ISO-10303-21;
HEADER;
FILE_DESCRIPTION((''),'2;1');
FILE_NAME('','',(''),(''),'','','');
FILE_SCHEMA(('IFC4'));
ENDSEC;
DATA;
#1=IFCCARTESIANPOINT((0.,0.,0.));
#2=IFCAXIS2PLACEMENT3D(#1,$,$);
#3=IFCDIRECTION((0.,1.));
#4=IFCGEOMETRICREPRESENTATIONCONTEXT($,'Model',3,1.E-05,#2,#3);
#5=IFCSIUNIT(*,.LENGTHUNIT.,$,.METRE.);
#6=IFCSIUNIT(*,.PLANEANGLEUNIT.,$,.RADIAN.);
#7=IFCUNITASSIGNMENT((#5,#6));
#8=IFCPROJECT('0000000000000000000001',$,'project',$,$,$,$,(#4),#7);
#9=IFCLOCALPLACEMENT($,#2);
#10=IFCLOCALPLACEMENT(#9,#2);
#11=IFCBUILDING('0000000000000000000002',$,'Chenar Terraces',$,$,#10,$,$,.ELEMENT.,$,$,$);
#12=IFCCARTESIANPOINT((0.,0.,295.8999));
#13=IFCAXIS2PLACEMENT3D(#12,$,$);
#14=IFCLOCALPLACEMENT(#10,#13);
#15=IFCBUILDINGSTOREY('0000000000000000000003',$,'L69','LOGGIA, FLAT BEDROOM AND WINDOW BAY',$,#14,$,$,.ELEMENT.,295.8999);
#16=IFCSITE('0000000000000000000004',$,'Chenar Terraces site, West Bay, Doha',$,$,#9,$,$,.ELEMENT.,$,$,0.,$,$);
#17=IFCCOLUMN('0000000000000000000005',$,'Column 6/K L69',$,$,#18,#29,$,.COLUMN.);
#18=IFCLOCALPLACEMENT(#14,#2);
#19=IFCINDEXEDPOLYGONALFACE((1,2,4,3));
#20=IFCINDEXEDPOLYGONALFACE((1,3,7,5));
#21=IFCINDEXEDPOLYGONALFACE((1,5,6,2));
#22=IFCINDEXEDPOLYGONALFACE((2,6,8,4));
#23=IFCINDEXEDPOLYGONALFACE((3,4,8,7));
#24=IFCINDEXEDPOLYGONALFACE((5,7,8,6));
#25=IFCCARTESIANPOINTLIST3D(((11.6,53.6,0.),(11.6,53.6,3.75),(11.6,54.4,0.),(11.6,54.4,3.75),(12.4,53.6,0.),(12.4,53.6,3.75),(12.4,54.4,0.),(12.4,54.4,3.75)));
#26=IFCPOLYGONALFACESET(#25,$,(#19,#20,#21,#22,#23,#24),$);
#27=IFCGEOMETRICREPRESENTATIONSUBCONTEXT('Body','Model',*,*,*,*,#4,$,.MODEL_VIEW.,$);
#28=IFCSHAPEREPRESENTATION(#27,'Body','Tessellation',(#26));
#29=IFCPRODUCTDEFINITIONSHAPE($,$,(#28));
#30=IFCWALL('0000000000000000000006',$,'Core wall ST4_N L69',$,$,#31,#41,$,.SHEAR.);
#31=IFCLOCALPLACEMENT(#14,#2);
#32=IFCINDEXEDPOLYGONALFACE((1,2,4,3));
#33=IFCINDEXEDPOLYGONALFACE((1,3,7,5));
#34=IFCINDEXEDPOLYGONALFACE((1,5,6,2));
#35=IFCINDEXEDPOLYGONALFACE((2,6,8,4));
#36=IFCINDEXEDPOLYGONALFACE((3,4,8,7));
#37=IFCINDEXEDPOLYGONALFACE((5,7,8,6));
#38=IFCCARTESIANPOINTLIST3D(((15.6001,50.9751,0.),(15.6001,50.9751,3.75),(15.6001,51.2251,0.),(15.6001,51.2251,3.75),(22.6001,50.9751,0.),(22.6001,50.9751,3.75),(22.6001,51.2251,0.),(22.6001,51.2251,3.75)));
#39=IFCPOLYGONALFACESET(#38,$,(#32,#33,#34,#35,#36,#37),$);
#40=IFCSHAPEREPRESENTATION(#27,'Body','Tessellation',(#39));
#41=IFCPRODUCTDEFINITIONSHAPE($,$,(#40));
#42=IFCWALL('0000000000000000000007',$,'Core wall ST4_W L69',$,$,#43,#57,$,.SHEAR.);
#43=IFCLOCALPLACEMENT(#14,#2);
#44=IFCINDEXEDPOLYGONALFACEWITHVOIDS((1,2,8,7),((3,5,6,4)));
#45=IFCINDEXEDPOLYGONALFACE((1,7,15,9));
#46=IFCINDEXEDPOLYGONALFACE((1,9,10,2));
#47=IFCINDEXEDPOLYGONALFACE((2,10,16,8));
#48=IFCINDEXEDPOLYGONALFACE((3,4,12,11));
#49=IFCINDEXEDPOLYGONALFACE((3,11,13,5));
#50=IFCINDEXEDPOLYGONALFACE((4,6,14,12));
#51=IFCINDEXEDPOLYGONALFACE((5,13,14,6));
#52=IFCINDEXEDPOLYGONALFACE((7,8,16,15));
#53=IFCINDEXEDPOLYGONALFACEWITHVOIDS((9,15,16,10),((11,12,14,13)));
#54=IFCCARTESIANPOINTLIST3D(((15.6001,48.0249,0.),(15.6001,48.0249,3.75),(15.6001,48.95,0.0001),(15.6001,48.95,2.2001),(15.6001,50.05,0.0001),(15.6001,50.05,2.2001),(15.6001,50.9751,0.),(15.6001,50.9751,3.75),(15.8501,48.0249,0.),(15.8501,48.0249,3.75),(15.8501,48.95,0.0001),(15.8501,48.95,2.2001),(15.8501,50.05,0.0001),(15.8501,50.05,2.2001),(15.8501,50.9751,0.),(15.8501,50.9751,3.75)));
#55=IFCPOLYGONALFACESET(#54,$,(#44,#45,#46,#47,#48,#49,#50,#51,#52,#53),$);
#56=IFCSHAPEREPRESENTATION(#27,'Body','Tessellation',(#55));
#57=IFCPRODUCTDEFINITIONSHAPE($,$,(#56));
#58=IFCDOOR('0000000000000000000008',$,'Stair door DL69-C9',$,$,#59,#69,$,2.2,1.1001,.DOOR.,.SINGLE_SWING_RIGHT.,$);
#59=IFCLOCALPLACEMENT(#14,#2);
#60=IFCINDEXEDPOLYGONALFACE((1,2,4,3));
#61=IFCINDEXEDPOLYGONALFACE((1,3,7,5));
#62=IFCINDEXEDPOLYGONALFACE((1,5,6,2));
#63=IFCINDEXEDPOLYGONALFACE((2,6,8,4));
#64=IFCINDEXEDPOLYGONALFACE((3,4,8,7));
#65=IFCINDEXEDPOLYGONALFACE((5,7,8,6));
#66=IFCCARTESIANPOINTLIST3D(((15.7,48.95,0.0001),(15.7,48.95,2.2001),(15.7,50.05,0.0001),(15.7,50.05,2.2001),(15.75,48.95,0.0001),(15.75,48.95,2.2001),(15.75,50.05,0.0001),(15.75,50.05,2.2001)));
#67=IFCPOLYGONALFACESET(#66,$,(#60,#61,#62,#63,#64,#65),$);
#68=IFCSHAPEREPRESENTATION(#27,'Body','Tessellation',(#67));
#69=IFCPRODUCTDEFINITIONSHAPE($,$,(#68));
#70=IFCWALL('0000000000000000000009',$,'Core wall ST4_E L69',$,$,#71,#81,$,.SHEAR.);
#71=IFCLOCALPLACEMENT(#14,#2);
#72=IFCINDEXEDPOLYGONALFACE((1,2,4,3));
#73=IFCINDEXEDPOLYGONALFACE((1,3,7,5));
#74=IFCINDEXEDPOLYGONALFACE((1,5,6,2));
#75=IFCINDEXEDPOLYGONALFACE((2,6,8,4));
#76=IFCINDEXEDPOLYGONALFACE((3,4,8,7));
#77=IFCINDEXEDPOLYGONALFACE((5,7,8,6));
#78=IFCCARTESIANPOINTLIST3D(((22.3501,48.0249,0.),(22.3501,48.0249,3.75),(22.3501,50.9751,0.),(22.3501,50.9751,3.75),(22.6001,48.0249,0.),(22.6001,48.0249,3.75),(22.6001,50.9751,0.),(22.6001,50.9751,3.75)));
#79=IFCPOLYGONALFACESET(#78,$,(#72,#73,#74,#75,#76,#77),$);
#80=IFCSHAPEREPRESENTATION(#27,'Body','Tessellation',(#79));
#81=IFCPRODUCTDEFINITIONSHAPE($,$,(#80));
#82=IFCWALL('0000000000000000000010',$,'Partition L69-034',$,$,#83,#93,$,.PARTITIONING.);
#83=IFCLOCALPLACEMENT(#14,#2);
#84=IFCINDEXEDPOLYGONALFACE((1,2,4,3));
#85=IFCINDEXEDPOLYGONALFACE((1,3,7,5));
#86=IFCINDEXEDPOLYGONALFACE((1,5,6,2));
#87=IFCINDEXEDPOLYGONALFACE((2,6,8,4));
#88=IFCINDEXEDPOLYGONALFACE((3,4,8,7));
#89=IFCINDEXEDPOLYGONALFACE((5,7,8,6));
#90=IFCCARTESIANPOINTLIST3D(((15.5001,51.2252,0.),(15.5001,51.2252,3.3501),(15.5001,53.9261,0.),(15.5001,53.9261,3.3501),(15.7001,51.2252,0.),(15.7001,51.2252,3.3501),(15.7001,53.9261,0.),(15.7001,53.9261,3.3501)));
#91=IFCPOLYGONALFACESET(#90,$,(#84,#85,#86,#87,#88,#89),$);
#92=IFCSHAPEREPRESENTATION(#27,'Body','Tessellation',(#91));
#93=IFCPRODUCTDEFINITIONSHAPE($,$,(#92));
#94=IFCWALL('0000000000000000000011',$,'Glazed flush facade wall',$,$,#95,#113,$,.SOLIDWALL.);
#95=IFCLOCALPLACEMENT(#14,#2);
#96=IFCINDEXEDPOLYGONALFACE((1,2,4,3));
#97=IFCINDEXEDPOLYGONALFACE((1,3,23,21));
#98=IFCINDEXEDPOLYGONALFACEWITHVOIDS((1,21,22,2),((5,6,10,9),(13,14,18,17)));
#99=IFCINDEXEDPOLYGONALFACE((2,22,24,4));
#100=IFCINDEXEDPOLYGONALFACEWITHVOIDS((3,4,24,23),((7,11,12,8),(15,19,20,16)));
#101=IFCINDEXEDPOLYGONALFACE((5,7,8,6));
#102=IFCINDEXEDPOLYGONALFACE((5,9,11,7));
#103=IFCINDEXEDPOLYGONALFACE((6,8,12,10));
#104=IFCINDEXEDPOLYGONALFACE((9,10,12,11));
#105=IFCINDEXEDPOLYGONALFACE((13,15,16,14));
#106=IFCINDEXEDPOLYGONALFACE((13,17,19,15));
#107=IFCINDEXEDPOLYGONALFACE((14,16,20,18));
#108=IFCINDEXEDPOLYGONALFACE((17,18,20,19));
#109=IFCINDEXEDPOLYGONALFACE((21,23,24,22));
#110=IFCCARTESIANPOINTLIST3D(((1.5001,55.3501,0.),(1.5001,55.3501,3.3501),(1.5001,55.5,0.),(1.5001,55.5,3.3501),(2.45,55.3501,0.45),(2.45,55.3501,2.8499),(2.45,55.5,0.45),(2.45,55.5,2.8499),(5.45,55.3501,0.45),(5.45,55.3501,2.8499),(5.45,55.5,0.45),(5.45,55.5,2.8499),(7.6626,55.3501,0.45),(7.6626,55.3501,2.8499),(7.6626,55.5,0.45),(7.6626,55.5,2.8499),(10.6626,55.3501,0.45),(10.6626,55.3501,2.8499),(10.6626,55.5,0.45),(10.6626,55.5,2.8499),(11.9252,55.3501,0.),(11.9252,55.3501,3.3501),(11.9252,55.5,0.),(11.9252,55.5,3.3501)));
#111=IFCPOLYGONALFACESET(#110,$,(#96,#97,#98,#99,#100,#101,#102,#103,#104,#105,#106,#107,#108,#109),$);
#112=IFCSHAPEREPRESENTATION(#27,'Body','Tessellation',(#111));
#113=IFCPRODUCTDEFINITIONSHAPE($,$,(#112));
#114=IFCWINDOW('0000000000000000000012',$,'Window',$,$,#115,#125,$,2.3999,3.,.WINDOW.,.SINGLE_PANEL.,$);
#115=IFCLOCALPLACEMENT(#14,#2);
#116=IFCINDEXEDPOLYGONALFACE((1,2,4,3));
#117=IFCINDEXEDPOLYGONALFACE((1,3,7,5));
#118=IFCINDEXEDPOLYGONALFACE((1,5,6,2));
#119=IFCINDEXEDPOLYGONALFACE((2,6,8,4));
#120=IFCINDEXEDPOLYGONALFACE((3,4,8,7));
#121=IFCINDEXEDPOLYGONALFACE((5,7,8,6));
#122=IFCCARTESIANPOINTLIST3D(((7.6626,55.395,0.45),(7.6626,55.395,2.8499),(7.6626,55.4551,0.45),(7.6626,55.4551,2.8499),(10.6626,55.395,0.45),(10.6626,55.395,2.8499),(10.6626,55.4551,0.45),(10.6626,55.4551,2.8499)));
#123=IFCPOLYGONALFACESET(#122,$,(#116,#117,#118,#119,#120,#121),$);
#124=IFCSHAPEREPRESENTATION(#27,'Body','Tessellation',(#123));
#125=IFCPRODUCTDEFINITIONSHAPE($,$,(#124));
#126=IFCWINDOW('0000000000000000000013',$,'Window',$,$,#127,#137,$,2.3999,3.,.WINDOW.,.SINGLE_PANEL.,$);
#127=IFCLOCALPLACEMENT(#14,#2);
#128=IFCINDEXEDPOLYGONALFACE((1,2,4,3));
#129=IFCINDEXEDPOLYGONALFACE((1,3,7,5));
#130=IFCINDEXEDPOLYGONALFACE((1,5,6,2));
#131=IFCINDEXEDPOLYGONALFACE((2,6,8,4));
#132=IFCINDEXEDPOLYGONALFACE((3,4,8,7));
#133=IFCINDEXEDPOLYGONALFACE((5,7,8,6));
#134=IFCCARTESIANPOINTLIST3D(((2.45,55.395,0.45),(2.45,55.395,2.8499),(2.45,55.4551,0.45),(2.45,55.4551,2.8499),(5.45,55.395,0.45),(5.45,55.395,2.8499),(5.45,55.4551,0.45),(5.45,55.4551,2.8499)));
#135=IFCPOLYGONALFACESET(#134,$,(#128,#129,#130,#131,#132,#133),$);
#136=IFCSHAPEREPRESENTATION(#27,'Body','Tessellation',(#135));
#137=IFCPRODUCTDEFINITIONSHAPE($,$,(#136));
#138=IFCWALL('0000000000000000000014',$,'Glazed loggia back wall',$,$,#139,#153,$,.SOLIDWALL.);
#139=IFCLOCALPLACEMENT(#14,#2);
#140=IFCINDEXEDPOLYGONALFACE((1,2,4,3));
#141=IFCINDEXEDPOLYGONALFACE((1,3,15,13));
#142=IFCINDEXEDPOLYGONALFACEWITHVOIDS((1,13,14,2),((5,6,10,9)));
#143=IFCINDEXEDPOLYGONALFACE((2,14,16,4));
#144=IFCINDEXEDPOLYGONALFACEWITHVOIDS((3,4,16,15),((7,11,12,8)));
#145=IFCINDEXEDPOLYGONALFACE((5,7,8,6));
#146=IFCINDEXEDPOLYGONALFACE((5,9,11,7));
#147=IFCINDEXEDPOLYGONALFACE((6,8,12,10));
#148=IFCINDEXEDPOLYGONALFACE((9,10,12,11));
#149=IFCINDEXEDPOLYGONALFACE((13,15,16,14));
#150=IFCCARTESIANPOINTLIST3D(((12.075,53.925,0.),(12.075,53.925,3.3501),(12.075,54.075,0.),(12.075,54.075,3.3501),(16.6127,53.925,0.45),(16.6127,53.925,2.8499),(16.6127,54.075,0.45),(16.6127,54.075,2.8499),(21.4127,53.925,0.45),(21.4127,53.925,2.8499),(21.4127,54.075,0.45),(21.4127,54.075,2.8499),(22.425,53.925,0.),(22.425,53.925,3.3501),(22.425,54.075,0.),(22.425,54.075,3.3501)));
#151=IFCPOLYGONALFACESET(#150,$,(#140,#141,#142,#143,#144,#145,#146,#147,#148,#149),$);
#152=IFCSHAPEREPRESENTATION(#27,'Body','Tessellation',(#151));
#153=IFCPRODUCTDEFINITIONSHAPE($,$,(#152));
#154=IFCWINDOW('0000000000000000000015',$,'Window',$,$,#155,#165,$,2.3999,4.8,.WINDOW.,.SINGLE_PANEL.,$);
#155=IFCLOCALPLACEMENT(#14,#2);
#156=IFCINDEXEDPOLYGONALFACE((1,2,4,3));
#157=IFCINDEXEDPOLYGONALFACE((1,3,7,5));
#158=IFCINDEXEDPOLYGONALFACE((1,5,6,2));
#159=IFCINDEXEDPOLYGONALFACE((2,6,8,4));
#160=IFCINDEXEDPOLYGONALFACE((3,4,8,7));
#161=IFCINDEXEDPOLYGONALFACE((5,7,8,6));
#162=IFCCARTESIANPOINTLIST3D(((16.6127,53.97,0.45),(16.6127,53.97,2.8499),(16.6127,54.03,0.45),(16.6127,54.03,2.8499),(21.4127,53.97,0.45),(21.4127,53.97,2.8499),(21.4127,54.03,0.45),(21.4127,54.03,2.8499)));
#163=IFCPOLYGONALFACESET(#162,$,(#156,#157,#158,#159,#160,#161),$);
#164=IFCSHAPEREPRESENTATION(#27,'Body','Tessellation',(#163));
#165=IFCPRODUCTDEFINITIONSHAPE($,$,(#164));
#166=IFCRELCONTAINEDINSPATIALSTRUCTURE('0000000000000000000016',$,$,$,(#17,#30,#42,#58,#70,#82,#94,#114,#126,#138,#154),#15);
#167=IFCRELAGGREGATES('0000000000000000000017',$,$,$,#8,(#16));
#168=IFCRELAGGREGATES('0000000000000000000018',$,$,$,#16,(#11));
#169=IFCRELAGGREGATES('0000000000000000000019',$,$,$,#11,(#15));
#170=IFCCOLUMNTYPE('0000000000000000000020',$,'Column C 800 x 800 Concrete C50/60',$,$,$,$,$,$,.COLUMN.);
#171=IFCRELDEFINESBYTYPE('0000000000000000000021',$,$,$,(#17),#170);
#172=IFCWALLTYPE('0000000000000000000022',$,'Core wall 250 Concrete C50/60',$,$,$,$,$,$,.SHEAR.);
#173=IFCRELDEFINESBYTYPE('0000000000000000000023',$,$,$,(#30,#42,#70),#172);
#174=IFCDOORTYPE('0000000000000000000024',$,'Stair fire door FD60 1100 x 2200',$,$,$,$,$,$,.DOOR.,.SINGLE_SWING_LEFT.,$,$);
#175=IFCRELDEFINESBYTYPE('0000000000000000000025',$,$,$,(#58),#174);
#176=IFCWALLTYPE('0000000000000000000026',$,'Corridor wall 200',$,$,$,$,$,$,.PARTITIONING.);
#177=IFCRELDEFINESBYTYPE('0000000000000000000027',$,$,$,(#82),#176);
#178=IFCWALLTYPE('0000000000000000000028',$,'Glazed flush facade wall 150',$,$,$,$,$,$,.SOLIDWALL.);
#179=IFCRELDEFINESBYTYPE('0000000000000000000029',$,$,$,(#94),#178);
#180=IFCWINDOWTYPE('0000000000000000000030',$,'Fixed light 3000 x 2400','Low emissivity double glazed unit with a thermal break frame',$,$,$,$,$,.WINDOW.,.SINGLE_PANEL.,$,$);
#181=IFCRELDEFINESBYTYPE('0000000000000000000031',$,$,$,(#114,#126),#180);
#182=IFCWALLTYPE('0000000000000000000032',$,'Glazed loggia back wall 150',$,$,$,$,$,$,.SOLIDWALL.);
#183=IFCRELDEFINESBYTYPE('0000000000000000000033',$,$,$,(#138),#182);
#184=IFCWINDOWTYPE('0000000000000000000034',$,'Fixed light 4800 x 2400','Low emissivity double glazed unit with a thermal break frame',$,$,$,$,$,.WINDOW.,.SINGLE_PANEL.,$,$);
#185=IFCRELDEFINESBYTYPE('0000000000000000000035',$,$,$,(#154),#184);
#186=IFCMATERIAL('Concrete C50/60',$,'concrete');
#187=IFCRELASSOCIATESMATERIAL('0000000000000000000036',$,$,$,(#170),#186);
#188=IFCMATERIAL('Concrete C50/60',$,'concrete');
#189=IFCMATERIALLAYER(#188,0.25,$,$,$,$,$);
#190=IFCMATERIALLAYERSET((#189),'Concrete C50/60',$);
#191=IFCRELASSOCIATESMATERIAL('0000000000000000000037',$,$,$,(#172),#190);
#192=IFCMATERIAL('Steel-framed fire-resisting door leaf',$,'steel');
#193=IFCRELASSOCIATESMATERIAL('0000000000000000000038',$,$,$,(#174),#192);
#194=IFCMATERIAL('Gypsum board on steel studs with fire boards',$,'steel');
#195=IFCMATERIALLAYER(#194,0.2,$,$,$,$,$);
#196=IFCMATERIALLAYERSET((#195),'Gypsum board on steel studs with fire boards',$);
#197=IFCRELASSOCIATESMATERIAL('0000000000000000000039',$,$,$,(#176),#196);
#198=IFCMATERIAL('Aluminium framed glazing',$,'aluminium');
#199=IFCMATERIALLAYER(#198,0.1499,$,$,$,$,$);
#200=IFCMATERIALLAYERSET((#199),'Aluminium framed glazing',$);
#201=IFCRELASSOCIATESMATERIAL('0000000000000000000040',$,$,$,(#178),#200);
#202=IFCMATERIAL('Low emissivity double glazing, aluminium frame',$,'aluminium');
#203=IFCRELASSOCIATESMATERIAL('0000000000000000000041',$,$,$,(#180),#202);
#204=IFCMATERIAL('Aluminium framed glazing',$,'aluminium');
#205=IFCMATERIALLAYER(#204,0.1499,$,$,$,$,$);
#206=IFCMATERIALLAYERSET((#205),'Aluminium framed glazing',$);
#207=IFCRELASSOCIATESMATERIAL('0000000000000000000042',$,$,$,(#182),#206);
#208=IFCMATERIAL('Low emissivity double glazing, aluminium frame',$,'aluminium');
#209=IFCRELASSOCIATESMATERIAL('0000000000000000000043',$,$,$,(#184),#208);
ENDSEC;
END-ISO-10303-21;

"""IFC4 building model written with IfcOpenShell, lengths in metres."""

from ifc_helpers import new_model, si_unit, direction, frame, frame_2d, origin, origin_2d, place, context, subcontext, project, spatial, rectangle, extrude, material, layer, layer_set, material_profile, profile_set, type_object, element, fill, save


model = new_model("IFC4")

# Units and contexts
model_context = context("Model", 3, precision=1e-05, world=origin(), true_north=direction((0.0, 1.0)))
body_context = subcontext(model_context, "Body", "Model", "MODEL_VIEW")
ifc_project = project(units=[si_unit("LENGTHUNIT", "METRE"), si_unit("PLANEANGLEUNIT", "RADIAN")], contexts=[model_context])

# Site, building, storey
site_placement = place(None, origin())
site = spatial("IfcSite", under=ifc_project, at=site_placement, Name="Chenar Terraces site, West Bay, Doha", CompositionType="ELEMENT", RefElevation=0.0)
building_placement = place(site_placement, origin())
building = spatial("IfcBuilding", under=site, at=building_placement, Name="Chenar Terraces", CompositionType="ELEMENT")
storey_placement = place(building_placement, frame((0.0, 0.0, 295.8999)))
storey = spatial("IfcBuildingStorey", under=building, at=storey_placement, Name="L69", Description="LOGGIA, FLAT BEDROOM AND WINDOW BAY", CompositionType="ELEMENT", Elevation=295.8999)

# Column
ifc_material_1 = material(Name="Concrete C50/60", Category="concrete")
ifc_material_profile_1 = material_profile(ifc_material_1, rectangle(XDim=0.8, YDim=0.8, at=origin_2d()), Name="C 800 x 800")
ifc_profile_set_1 = profile_set([ifc_material_profile_1], Name="Concrete C50/60")
column_type = type_object("IfcColumnType", Name="Column C 800 x 800 Concrete C50/60", PredefinedType="COLUMN", material=ifc_profile_set_1)
column_placement = place(storey_placement, frame((12.0, 54.0, 0.0), z_axis=(0.0, 0.0, 1.0), x_axis=(1.0, 0.0, 0.0)))
element("IfcColumn", 1, at=column_placement, inside=storey, type_object=column_type, Name="Column 6/K L69", PredefinedType="COLUMN", context=body_context, shape_type="SweptSolid", body=[
    extrude(rectangle(XDim=0.8, YDim=0.8, at=origin_2d()), origin(), (0.0, 0.0, 1.0), 3.75),
])

# Wall
ifc_material_2 = material(Name="Concrete C50/60", Category="concrete")
ifc_layer_1 = layer(ifc_material_2, 0.25)
ifc_layer_set_1 = layer_set([ifc_layer_1], Name="Concrete C50/60")
wall_type_1 = type_object("IfcWallType", Name="Core wall 250 Concrete C50/60", PredefinedType="SHEAR", material=ifc_layer_set_1)
wall_1_placement = place(storey_placement, frame((15.6001, 51.1001, 0.0), z_axis=(0.0, 0.0, 1.0), x_axis=(1.0, 0.0, 0.0)))
element("IfcWall", 2, at=wall_1_placement, inside=storey, type_object=wall_type_1, Name="Core wall ST4_N L69", PredefinedType="SHEAR", context=body_context, shape_type="SweptSolid", body=[
    extrude(rectangle(XDim=7.0, YDim=0.25, at=frame_2d((3.5, 0.0))), origin(), (0.0, 0.0, 1.0), 3.75),
])

# Wall, opening, door
wall_2_placement = place(storey_placement, frame((15.7251, 48.0249, 0.0), z_axis=(0.0, 0.0, 1.0), x_axis=(0.0, 1.0, 0.0)))
wall_2 = element("IfcWall", 3, at=wall_2_placement, inside=storey, type_object=wall_type_1, Name="Core wall ST4_W L69", PredefinedType="SHEAR", context=body_context, shape_type="SweptSolid", body=[
    extrude(rectangle(XDim=2.9502, YDim=0.25, at=frame_2d((1.4751, 0.0))), origin(), (0.0, 0.0, 1.0), 3.75),
])
opening_1_placement = place(wall_2_placement, frame((0.925, 0.0, 0.0)))
opening_1 = element("IfcOpeningElement", 4, at=opening_1_placement, cuts=wall_2, PredefinedType="OPENING", context=body_context, shape_type="SweptSolid", body=[
    extrude(rectangle(XDim=1.1001, YDim=2.2, at=frame_2d((0.55, 1.1001))), frame((0.0, 0.135, 0.0), z_axis=(0.0, -1.0, 0.0), x_axis=(1.0, 0.0, 0.0)), (0.0, 0.0, 1.0), 0.27),
])
ifc_material_3 = material(Name="Steel-framed fire-resisting door leaf", Category="steel")
door_type = type_object("IfcDoorType", Name="Stair fire door FD60 1100 x 2200", OperationType="SINGLE_SWING_LEFT", PredefinedType="DOOR", material=ifc_material_3)
door_placement = place(opening_1_placement, frame((1.1001, 0.0, 0.0), z_axis=(0.0, 0.0, 1.0), x_axis=(-1.0, 0.0, 0.0)))
door = element("IfcDoor", 5, at=door_placement, inside=storey, type_object=door_type, Name="Stair door DL69-C9", OperationType="SINGLE_SWING_RIGHT", OverallHeight=2.2, OverallWidth=1.1001, PredefinedType="DOOR", context=body_context, shape_type="SweptSolid", body=[
    extrude(rectangle(XDim=1.1001, YDim=2.2, at=frame_2d((0.55, 1.1001))), frame((0.0, 0.0249, 0.0), z_axis=(0.0, -1.0, 0.0), x_axis=(1.0, 0.0, 0.0)), (0.0, 0.0, 1.0), 0.05),
])
fill(opening_1, door)

# Walls
wall_3_placement = place(storey_placement, frame((22.4751, 48.0249, 0.0), z_axis=(0.0, 0.0, 1.0), x_axis=(0.0, 1.0, 0.0)))
element("IfcWall", 6, at=wall_3_placement, inside=storey, type_object=wall_type_1, Name="Core wall ST4_E L69", PredefinedType="SHEAR", context=body_context, shape_type="SweptSolid", body=[
    extrude(rectangle(XDim=2.9502, YDim=0.25, at=frame_2d((1.4751, 0.0))), origin(), (0.0, 0.0, 1.0), 3.75),
])
ifc_material_4 = material(Name="Gypsum board on steel studs with fire boards", Category="steel")
ifc_layer_2 = layer(ifc_material_4, 0.2)
ifc_layer_set_2 = layer_set([ifc_layer_2], Name="Gypsum board on steel studs with fire boards")
wall_type_2 = type_object("IfcWallType", Name="Corridor wall 200", PredefinedType="PARTITIONING", material=ifc_layer_set_2)
wall_4_placement = place(storey_placement, frame((15.6001, 51.2251, 0.0), z_axis=(0.0, 0.0, 1.0), x_axis=(0.0, 1.0, 0.0)))
element("IfcWall", 7, at=wall_4_placement, inside=storey, type_object=wall_type_2, Name="Partition L69-034", PredefinedType="PARTITIONING", context=body_context, shape_type="SweptSolid", body=[
    extrude(rectangle(XDim=2.7009, YDim=0.2, at=frame_2d((1.3506, 0.0))), origin(), (0.0, 0.0, 1.0), 3.3501),
])

# Wall, openings, windows
ifc_material_5 = material(Name="Aluminium framed glazing", Category="aluminium")
ifc_layer_3 = layer(ifc_material_5, 0.1499)
ifc_layer_set_3 = layer_set([ifc_layer_3], Name="Aluminium framed glazing")
wall_type_3 = type_object("IfcWallType", Name="Glazed flush facade wall 150", PredefinedType="SOLIDWALL", material=ifc_layer_set_3)
wall_5_placement = place(storey_placement, frame((11.925, 55.425, 0.0), z_axis=(0.0, 0.0, 1.0), x_axis=(-1.0, 0.0, 0.0)))
wall_5 = element("IfcWall", 8, at=wall_5_placement, inside=storey, type_object=wall_type_3, Name="Glazed flush facade wall", PredefinedType="SOLIDWALL", context=body_context, shape_type="SweptSolid", body=[
    extrude(rectangle(XDim=10.425, YDim=0.1499, at=frame_2d((5.2124, 0.0))), origin(), (0.0, 0.0, 1.0), 3.3501),
])
opening_2_placement = place(wall_5_placement, frame((1.2625, 0.0, 0.45)))
opening_2 = element("IfcOpeningElement", 9, at=opening_2_placement, cuts=wall_5, PredefinedType="OPENING", context=body_context, shape_type="SweptSolid", body=[
    extrude(rectangle(XDim=3.0, YDim=2.3999, at=frame_2d((1.5, 1.2))), frame((0.0, 0.085, 0.0), z_axis=(0.0, -1.0, 0.0), x_axis=(1.0, 0.0, 0.0)), (0.0, 0.0, 1.0), 0.1699),
])
opening_3_placement = place(wall_5_placement, frame((6.4751, 0.0, 0.45)))
opening_3 = element("IfcOpeningElement", 10, at=opening_3_placement, cuts=wall_5, PredefinedType="OPENING", context=body_context, shape_type="SweptSolid", body=[
    extrude(rectangle(XDim=3.0, YDim=2.3999, at=frame_2d((1.5, 1.2))), frame((0.0, 0.085, 0.0), z_axis=(0.0, -1.0, 0.0), x_axis=(1.0, 0.0, 0.0)), (0.0, 0.0, 1.0), 0.1699),
])
ifc_material_6 = material(Name="Low emissivity double glazing, aluminium frame", Category="aluminium")
window_type_1 = type_object("IfcWindowType", Name="Fixed light 3000 x 2400", Description="Low emissivity double glazed unit with a thermal break frame", PartitioningType="SINGLE_PANEL", PredefinedType="WINDOW", material=ifc_material_6)
window_1_placement = place(opening_2_placement, origin())
window_1 = element("IfcWindow", 11, at=window_1_placement, inside=storey, type_object=window_type_1, Name="Window", OverallHeight=2.3999, OverallWidth=3.0, PartitioningType="SINGLE_PANEL", PredefinedType="WINDOW", context=body_context, shape_type="SweptSolid", body=[
    extrude(rectangle(XDim=3.0, YDim=2.3999, at=frame_2d((1.5, 1.2))), frame((0.0, 0.03, 0.0), z_axis=(0.0, -1.0, 0.0), x_axis=(1.0, 0.0, 0.0)), (0.0, 0.0, 1.0), 0.0601),
])
fill(opening_2, window_1)
window_2_placement = place(opening_3_placement, origin())
window_2 = element("IfcWindow", 12, at=window_2_placement, inside=storey, type_object=window_type_1, Name="Window", OverallHeight=2.3999, OverallWidth=3.0, PartitioningType="SINGLE_PANEL", PredefinedType="WINDOW", context=body_context, shape_type="SweptSolid", body=[
    extrude(rectangle(XDim=3.0, YDim=2.3999, at=frame_2d((1.5, 1.2))), frame((0.0, 0.03, 0.0), z_axis=(0.0, -1.0, 0.0), x_axis=(1.0, 0.0, 0.0)), (0.0, 0.0, 1.0), 0.0601),
])
fill(opening_3, window_2)

# Wall, opening, window
ifc_material_7 = material(Name="Aluminium framed glazing", Category="aluminium")
ifc_layer_4 = layer(ifc_material_7, 0.1499)
ifc_layer_set_4 = layer_set([ifc_layer_4], Name="Aluminium framed glazing")
wall_type_4 = type_object("IfcWallType", Name="Glazed loggia back wall 150", PredefinedType="SOLIDWALL", material=ifc_layer_set_4)
wall_6_placement = place(storey_placement, frame((22.425, 54.0, 0.0), z_axis=(0.0, 0.0, 1.0), x_axis=(-1.0, 0.0, 0.0)))
wall_6 = element("IfcWall", 13, at=wall_6_placement, inside=storey, type_object=wall_type_4, Name="Glazed loggia back wall", PredefinedType="SOLIDWALL", context=body_context, shape_type="SweptSolid", body=[
    extrude(rectangle(XDim=10.3501, YDim=0.1499, at=frame_2d((5.175, 0.0))), origin(), (0.0, 0.0, 1.0), 3.3501),
])
opening_4_placement = place(wall_6_placement, frame((1.0125, 0.0, 0.45)))
opening_4 = element("IfcOpeningElement", 14, at=opening_4_placement, cuts=wall_6, PredefinedType="OPENING", context=body_context, shape_type="SweptSolid", body=[
    extrude(rectangle(XDim=4.8, YDim=2.3999, at=frame_2d((2.3999, 1.2))), frame((0.0, 0.085, 0.0), z_axis=(0.0, -1.0, 0.0), x_axis=(1.0, 0.0, 0.0)), (0.0, 0.0, 1.0), 0.1699),
])
ifc_material_8 = material(Name="Low emissivity double glazing, aluminium frame", Category="aluminium")
window_type_2 = type_object("IfcWindowType", Name="Fixed light 4800 x 2400", Description="Low emissivity double glazed unit with a thermal break frame", PartitioningType="SINGLE_PANEL", PredefinedType="WINDOW", material=ifc_material_8)
window_3_placement = place(opening_4_placement, origin())
window_3 = element("IfcWindow", 15, at=window_3_placement, inside=storey, type_object=window_type_2, Name="Window", OverallHeight=2.3999, OverallWidth=4.8, PartitioningType="SINGLE_PANEL", PredefinedType="WINDOW", context=body_context, shape_type="SweptSolid", body=[
    extrude(rectangle(XDim=4.8, YDim=2.3999, at=frame_2d((2.3999, 1.2))), frame((0.0, 0.03, 0.0), z_axis=(0.0, -1.0, 0.0), x_axis=(1.0, 0.0, 0.0)), (0.0, 0.0, 1.0), 0.0601),
])
fill(opening_4, window_3)

save(model, "model.ifc")
